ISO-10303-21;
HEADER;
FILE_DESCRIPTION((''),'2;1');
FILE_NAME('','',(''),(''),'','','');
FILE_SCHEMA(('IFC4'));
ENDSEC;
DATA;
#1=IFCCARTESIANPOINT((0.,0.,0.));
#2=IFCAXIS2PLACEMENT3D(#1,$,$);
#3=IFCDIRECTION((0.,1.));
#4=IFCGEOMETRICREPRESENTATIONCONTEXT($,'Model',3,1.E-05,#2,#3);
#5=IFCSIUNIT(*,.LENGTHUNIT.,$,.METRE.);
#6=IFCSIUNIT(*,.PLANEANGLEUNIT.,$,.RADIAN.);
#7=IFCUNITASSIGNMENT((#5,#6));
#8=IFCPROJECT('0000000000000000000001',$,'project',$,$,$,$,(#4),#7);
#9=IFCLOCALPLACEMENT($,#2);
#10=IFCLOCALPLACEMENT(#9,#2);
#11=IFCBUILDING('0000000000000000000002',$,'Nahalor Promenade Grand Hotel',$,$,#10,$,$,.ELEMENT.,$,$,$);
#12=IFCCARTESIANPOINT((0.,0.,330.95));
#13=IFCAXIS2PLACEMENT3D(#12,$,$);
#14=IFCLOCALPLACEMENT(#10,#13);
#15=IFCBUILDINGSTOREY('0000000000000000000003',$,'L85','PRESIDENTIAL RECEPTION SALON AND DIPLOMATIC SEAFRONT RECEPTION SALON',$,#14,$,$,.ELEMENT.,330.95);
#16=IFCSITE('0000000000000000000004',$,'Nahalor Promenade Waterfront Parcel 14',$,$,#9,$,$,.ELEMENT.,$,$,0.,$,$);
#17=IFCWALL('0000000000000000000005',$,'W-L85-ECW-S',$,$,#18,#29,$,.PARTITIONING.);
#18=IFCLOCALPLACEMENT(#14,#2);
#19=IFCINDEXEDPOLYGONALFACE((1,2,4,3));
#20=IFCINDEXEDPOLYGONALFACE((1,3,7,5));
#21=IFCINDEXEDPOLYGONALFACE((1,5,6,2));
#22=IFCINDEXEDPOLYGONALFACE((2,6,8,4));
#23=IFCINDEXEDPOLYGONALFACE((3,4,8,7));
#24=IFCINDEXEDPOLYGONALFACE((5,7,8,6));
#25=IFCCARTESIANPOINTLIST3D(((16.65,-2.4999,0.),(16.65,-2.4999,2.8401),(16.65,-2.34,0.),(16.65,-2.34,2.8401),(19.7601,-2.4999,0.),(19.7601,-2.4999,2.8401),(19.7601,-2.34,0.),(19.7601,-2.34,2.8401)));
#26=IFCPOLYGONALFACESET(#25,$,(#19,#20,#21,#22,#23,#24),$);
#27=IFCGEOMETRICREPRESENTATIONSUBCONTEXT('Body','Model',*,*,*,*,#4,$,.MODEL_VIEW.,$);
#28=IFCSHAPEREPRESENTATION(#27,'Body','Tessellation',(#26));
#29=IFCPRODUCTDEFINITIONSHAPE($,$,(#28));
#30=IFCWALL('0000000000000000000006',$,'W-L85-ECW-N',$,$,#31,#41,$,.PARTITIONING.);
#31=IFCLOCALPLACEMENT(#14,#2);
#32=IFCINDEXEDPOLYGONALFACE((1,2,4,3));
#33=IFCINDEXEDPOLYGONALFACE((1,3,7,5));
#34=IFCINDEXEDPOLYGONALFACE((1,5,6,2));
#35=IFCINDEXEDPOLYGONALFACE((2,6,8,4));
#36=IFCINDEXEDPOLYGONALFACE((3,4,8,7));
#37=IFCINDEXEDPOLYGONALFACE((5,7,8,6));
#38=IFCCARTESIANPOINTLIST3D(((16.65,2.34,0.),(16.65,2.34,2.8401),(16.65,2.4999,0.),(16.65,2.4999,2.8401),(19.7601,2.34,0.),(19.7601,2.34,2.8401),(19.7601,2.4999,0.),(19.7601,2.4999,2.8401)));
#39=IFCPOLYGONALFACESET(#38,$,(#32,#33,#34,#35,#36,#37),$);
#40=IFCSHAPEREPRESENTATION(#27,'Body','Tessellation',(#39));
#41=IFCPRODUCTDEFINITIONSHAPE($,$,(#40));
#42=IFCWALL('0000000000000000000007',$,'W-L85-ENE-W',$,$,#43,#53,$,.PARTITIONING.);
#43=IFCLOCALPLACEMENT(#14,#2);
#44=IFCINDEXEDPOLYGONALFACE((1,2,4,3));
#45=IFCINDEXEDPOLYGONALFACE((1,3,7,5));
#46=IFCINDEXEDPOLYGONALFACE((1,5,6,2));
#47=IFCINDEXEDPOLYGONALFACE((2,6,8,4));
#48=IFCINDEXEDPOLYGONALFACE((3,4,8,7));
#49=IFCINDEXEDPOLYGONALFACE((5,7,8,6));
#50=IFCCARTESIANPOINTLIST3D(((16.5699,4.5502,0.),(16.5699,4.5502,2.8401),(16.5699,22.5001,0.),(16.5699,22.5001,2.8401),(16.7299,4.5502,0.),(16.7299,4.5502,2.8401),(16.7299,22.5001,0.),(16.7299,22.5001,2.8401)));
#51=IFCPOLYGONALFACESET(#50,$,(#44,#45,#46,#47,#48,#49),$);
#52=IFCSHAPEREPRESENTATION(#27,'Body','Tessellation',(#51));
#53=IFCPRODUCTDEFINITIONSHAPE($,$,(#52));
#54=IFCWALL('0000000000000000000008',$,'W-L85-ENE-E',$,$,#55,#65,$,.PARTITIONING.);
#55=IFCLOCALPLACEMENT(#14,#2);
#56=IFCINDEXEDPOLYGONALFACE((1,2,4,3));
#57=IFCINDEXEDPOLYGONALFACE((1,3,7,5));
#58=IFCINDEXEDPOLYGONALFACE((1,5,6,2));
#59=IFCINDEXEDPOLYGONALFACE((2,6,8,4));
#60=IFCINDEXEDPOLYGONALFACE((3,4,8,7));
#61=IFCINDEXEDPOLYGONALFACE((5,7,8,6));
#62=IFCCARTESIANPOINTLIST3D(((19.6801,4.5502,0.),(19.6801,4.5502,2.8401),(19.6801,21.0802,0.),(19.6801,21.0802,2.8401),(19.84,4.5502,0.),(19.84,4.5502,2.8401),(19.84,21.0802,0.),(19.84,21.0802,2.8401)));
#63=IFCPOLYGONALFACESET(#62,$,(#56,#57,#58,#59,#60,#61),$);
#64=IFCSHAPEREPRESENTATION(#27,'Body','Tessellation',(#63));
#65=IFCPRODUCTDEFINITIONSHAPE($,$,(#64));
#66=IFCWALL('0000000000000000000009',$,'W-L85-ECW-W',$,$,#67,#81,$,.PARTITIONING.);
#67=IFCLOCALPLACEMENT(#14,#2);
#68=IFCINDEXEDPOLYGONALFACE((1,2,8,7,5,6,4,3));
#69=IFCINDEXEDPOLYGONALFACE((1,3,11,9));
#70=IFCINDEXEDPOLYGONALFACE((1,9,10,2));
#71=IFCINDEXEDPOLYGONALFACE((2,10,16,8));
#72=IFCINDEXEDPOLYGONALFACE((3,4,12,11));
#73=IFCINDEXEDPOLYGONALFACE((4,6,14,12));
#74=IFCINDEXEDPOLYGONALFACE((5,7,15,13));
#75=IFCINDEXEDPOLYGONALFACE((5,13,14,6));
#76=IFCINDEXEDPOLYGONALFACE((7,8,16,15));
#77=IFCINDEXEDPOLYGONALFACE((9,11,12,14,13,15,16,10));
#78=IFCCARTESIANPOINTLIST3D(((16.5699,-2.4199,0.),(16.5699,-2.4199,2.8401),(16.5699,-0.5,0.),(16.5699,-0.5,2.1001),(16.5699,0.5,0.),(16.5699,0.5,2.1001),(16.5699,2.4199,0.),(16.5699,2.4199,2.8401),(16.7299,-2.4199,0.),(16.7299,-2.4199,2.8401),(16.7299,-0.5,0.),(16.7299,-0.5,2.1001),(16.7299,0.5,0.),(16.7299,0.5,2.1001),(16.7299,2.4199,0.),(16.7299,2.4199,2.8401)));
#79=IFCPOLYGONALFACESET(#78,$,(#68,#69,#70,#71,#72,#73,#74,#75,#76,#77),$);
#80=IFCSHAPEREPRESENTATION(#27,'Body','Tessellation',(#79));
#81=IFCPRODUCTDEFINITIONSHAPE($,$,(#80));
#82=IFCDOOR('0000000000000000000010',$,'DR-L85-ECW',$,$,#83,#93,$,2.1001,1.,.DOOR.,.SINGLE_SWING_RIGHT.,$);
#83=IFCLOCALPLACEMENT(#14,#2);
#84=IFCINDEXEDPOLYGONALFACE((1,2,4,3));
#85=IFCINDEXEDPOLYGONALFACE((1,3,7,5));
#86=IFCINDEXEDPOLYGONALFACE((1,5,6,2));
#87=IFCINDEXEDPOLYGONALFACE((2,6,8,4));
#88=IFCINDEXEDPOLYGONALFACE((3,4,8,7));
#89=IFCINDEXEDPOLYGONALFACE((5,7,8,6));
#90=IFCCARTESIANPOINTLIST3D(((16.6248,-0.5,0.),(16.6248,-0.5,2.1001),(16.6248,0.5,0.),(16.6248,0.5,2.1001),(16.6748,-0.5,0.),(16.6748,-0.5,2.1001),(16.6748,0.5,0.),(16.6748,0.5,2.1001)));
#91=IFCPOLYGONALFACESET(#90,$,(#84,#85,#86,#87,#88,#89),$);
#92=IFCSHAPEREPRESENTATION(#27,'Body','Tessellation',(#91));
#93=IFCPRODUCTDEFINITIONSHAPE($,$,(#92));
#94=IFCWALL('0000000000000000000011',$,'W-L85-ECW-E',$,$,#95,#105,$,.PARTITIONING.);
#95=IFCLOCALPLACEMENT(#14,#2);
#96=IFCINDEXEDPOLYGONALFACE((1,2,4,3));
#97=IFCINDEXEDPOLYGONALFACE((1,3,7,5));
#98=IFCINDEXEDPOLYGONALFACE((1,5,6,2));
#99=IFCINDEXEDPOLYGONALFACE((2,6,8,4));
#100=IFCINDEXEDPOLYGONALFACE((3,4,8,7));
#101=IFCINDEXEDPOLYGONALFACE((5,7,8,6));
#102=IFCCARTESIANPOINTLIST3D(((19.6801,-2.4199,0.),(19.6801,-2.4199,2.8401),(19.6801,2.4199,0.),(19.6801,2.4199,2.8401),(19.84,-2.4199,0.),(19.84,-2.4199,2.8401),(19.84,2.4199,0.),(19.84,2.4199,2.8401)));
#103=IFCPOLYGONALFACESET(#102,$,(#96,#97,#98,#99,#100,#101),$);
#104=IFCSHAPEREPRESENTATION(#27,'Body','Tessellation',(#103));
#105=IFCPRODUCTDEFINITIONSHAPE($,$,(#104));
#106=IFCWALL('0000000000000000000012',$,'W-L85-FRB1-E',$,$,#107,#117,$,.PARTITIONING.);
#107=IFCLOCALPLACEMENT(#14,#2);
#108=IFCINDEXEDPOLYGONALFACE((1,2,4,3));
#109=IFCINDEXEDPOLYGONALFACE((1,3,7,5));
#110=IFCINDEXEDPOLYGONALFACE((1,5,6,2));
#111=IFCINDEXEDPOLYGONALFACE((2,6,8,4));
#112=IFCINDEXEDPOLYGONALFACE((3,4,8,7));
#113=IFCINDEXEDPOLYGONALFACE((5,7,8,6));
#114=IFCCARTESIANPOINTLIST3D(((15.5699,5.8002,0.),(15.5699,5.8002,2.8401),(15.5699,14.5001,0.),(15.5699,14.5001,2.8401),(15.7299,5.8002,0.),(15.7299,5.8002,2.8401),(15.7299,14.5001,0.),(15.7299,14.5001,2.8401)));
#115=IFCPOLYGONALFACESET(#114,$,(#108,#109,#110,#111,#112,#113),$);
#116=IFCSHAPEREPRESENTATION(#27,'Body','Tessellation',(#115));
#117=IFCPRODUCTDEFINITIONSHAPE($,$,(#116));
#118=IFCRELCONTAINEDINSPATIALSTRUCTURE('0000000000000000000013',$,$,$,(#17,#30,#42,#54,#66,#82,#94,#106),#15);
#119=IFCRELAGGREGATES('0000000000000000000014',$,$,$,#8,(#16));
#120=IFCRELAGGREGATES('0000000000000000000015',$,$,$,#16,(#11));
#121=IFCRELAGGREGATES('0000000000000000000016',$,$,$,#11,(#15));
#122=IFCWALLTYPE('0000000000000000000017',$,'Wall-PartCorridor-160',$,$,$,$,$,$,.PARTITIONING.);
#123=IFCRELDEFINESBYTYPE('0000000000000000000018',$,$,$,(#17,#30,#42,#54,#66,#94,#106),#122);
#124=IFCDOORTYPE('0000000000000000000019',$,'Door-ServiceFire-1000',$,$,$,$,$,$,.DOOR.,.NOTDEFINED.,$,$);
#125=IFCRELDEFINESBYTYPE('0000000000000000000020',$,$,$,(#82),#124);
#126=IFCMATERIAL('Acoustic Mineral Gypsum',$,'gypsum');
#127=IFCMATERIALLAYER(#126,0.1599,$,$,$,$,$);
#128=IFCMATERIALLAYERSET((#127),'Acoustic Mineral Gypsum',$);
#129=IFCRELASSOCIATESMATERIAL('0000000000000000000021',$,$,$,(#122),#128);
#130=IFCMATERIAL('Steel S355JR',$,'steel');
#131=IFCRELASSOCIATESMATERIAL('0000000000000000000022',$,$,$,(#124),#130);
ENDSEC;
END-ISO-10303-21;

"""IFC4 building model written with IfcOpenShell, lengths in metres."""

from ifc_helpers import new_model, si_unit, direction, frame, frame_2d, origin, place, context, subcontext, project, spatial, rectangle, extrude, source, transform, mapped, material, layer, layer_set, type_object, element, fill, save


model = new_model("IFC4")

# Units and contexts
model_context = context("Model", 3, precision=1e-05, world=origin(), true_north=direction((0.0, 1.0)))
body_context = subcontext(model_context, "Body", "Model", "MODEL_VIEW")
ifc_project = project(units=[si_unit("LENGTHUNIT", "METRE"), si_unit("PLANEANGLEUNIT", "RADIAN")], contexts=[model_context])

# Site, building, storey
site_placement = place(None, origin())
site = spatial("IfcSite", under=ifc_project, at=site_placement, Name="Nahalor Promenade Waterfront Parcel 14", CompositionType="ELEMENT", RefElevation=0.0)
building_placement = place(site_placement, origin())
building = spatial("IfcBuilding", under=site, at=building_placement, Name="Nahalor Promenade Grand Hotel", CompositionType="ELEMENT")
storey_placement = place(building_placement, frame((0.0, 0.0, 330.95)))
storey = spatial("IfcBuildingStorey", under=building, at=storey_placement, Name="L85", Description="PRESIDENTIAL RECEPTION SALON AND DIPLOMATIC SEAFRONT RECEPTION SALON", CompositionType="ELEMENT", Elevation=330.95)

# Shared definitions
ifc_material_1 = material(Name="Steel S355JR", Category="steel")

# Shared definitions
ifc_material_2 = material(Name="Acoustic Mineral Gypsum", Category="gypsum")
ifc_layer_1 = layer(ifc_material_2, 0.1599)
ifc_layer_set_1 = layer_set([ifc_layer_1], Name="Acoustic Mineral Gypsum")
wall_type_1 = type_object("IfcWallType", Name="Wall-PartCorridor-160", PredefinedType="PARTITIONING", material=ifc_layer_set_1)
shared_shape_1 = source(origin(), body_context, "Body", "SweptSolid", [
    extrude(rectangle(XDim=3.1101, YDim=0.1599, at=frame_2d((1.5552, 0.0))), origin(), (0.0, 0.0, 1.0), 2.8401),
])
door_type_1 = type_object("IfcDoorType", Name="Door-ServiceFire-1000", OperationType="NOTDEFINED", PredefinedType="DOOR", material=ifc_material_1)
shared_shape_2 = source(origin(), body_context, "Body", "SweptSolid", [
    extrude(rectangle(XDim=1.0, YDim=2.1001, at=frame_2d((0.5, 1.05))), frame((0.0, 0.0249, 0.0), z_axis=(0.0, -1.0, 0.0), x_axis=(1.0, 0.0, 0.0)), (0.0, 0.0, 1.0), 0.05),
])

# Walls
for number, where, z_axis, x_axis, name in (
    (1, (16.6499, -2.4199, 0.0), (0.0, 0.0, 1.0), (1.0, 0.0, 0.0), "W-L85-ECW-S"),
    (2, (16.6499, 2.4199, 0.0), (0.0, 0.0, 1.0), (1.0, 0.0, 0.0), "W-L85-ECW-N"),
):
    element("IfcWall", number, at=place(storey_placement, frame(where, z_axis=z_axis, x_axis=x_axis)), inside=storey, type_object=wall_type_1, Name=name, PredefinedType="PARTITIONING", context=body_context, shape_type="MappedRepresentation", body=[
        mapped(shared_shape_1, transform((0.0, 0.0, 0.0), scale=1.0)),
    ])
shared_shape_3 = source(origin(), body_context, "Body", "SweptSolid", [
    extrude(rectangle(XDim=17.95, YDim=0.1599, at=frame_2d((8.9751, 0.0))), origin(), (0.0, 0.0, 1.0), 2.8401),
])
wall_1_placement = place(storey_placement, frame((16.6499, 4.55, 0.0), z_axis=(0.0, 0.0, 1.0), x_axis=(0.0, 1.0, 0.0)))
element("IfcWall", 3, at=wall_1_placement, inside=storey, type_object=wall_type_1, Name="W-L85-ENE-W", PredefinedType="PARTITIONING", context=body_context, shape_type="MappedRepresentation", body=[
    mapped(shared_shape_3, transform((0.0, 0.0, 0.0), scale=1.0)),
])
shared_shape_4 = source(origin(), body_context, "Body", "SweptSolid", [
    extrude(rectangle(XDim=16.53, YDim=0.1599, at=frame_2d((8.2651, 0.0))), origin(), (0.0, 0.0, 1.0), 2.8401),
])
wall_2_placement = place(storey_placement, frame((19.76, 4.55, 0.0), z_axis=(0.0, 0.0, 1.0), x_axis=(0.0, 1.0, 0.0)))
element("IfcWall", 4, at=wall_2_placement, inside=storey, type_object=wall_type_1, Name="W-L85-ENE-E", PredefinedType="PARTITIONING", context=body_context, shape_type="MappedRepresentation", body=[
    mapped(shared_shape_4, transform((0.0, 0.0, 0.0), scale=1.0)),
])

# Wall, opening, door
shared_shape_5 = source(origin(), body_context, "Body", "SweptSolid", [
    extrude(rectangle(XDim=4.8398, YDim=0.1599, at=frame_2d((2.4199, 0.0))), origin(), (0.0, 0.0, 1.0), 2.8401),
])
wall_3_placement = place(storey_placement, frame((16.6499, -2.4199, 0.0), z_axis=(0.0, 0.0, 1.0), x_axis=(0.0, 1.0, 0.0)))
wall_3 = element("IfcWall", 5, at=wall_3_placement, inside=storey, type_object=wall_type_1, Name="W-L85-ECW-W", PredefinedType="PARTITIONING", context=body_context, shape_type="MappedRepresentation", body=[
    mapped(shared_shape_5, transform((0.0, 0.0, 0.0), scale=1.0)),
])
opening_1_placement = place(wall_3_placement, frame((1.9199, 0.0, 0.0)))
opening_1 = element("IfcOpeningElement", 6, at=opening_1_placement, cuts=wall_3, PredefinedType="OPENING", context=body_context, shape_type="SweptSolid", body=[
    extrude(rectangle(XDim=1.0, YDim=2.1001, at=frame_2d((0.5, 1.05))), frame((0.0, 0.0898, 0.0), z_axis=(0.0, -1.0, 0.0), x_axis=(1.0, 0.0, 0.0)), (0.0, 0.0, 1.0), 0.1799),
])
door_1_placement = place(opening_1_placement, frame((1.0, 0.0, 0.0), z_axis=(0.0, 0.0, 1.0), x_axis=(-1.0, 0.0, 0.0)))
door_1 = element("IfcDoor", 7, at=door_1_placement, inside=storey, type_object=door_type_1, Name="DR-L85-ECW", OperationType="SINGLE_SWING_RIGHT", OverallHeight=2.1001, OverallWidth=1.0, PredefinedType="DOOR", context=body_context, shape_type="MappedRepresentation", body=[
    mapped(shared_shape_2, transform((0.0, 0.0, 0.0), scale=1.0)),
])
fill(opening_1, door_1)

# Walls
wall_4_placement = place(storey_placement, frame((19.76, -2.4199, 0.0), z_axis=(0.0, 0.0, 1.0), x_axis=(0.0, 1.0, 0.0)))
element("IfcWall", 8, at=wall_4_placement, inside=storey, type_object=wall_type_1, Name="W-L85-ECW-E", PredefinedType="PARTITIONING", context=body_context, shape_type="MappedRepresentation", body=[
    mapped(shared_shape_5, transform((0.0, 0.0, 0.0), scale=1.0)),
])
shared_shape_6 = source(origin(), body_context, "Body", "SweptSolid", [
    extrude(rectangle(XDim=8.7, YDim=0.1599, at=frame_2d((4.3501, 0.0))), origin(), (0.0, 0.0, 1.0), 2.8401),
])
wall_5_placement = place(storey_placement, frame((15.6499, 5.8, 0.0), z_axis=(0.0, 0.0, 1.0), x_axis=(0.0, 1.0, 0.0)))
element("IfcWall", 9, at=wall_5_placement, inside=storey, type_object=wall_type_1, Name="W-L85-FRB1-E", PredefinedType="PARTITIONING", context=body_context, shape_type="MappedRepresentation", body=[
    mapped(shared_shape_6, transform((0.0, 0.0, 0.0), scale=1.0)),
])

save(model, "model.ifc")
